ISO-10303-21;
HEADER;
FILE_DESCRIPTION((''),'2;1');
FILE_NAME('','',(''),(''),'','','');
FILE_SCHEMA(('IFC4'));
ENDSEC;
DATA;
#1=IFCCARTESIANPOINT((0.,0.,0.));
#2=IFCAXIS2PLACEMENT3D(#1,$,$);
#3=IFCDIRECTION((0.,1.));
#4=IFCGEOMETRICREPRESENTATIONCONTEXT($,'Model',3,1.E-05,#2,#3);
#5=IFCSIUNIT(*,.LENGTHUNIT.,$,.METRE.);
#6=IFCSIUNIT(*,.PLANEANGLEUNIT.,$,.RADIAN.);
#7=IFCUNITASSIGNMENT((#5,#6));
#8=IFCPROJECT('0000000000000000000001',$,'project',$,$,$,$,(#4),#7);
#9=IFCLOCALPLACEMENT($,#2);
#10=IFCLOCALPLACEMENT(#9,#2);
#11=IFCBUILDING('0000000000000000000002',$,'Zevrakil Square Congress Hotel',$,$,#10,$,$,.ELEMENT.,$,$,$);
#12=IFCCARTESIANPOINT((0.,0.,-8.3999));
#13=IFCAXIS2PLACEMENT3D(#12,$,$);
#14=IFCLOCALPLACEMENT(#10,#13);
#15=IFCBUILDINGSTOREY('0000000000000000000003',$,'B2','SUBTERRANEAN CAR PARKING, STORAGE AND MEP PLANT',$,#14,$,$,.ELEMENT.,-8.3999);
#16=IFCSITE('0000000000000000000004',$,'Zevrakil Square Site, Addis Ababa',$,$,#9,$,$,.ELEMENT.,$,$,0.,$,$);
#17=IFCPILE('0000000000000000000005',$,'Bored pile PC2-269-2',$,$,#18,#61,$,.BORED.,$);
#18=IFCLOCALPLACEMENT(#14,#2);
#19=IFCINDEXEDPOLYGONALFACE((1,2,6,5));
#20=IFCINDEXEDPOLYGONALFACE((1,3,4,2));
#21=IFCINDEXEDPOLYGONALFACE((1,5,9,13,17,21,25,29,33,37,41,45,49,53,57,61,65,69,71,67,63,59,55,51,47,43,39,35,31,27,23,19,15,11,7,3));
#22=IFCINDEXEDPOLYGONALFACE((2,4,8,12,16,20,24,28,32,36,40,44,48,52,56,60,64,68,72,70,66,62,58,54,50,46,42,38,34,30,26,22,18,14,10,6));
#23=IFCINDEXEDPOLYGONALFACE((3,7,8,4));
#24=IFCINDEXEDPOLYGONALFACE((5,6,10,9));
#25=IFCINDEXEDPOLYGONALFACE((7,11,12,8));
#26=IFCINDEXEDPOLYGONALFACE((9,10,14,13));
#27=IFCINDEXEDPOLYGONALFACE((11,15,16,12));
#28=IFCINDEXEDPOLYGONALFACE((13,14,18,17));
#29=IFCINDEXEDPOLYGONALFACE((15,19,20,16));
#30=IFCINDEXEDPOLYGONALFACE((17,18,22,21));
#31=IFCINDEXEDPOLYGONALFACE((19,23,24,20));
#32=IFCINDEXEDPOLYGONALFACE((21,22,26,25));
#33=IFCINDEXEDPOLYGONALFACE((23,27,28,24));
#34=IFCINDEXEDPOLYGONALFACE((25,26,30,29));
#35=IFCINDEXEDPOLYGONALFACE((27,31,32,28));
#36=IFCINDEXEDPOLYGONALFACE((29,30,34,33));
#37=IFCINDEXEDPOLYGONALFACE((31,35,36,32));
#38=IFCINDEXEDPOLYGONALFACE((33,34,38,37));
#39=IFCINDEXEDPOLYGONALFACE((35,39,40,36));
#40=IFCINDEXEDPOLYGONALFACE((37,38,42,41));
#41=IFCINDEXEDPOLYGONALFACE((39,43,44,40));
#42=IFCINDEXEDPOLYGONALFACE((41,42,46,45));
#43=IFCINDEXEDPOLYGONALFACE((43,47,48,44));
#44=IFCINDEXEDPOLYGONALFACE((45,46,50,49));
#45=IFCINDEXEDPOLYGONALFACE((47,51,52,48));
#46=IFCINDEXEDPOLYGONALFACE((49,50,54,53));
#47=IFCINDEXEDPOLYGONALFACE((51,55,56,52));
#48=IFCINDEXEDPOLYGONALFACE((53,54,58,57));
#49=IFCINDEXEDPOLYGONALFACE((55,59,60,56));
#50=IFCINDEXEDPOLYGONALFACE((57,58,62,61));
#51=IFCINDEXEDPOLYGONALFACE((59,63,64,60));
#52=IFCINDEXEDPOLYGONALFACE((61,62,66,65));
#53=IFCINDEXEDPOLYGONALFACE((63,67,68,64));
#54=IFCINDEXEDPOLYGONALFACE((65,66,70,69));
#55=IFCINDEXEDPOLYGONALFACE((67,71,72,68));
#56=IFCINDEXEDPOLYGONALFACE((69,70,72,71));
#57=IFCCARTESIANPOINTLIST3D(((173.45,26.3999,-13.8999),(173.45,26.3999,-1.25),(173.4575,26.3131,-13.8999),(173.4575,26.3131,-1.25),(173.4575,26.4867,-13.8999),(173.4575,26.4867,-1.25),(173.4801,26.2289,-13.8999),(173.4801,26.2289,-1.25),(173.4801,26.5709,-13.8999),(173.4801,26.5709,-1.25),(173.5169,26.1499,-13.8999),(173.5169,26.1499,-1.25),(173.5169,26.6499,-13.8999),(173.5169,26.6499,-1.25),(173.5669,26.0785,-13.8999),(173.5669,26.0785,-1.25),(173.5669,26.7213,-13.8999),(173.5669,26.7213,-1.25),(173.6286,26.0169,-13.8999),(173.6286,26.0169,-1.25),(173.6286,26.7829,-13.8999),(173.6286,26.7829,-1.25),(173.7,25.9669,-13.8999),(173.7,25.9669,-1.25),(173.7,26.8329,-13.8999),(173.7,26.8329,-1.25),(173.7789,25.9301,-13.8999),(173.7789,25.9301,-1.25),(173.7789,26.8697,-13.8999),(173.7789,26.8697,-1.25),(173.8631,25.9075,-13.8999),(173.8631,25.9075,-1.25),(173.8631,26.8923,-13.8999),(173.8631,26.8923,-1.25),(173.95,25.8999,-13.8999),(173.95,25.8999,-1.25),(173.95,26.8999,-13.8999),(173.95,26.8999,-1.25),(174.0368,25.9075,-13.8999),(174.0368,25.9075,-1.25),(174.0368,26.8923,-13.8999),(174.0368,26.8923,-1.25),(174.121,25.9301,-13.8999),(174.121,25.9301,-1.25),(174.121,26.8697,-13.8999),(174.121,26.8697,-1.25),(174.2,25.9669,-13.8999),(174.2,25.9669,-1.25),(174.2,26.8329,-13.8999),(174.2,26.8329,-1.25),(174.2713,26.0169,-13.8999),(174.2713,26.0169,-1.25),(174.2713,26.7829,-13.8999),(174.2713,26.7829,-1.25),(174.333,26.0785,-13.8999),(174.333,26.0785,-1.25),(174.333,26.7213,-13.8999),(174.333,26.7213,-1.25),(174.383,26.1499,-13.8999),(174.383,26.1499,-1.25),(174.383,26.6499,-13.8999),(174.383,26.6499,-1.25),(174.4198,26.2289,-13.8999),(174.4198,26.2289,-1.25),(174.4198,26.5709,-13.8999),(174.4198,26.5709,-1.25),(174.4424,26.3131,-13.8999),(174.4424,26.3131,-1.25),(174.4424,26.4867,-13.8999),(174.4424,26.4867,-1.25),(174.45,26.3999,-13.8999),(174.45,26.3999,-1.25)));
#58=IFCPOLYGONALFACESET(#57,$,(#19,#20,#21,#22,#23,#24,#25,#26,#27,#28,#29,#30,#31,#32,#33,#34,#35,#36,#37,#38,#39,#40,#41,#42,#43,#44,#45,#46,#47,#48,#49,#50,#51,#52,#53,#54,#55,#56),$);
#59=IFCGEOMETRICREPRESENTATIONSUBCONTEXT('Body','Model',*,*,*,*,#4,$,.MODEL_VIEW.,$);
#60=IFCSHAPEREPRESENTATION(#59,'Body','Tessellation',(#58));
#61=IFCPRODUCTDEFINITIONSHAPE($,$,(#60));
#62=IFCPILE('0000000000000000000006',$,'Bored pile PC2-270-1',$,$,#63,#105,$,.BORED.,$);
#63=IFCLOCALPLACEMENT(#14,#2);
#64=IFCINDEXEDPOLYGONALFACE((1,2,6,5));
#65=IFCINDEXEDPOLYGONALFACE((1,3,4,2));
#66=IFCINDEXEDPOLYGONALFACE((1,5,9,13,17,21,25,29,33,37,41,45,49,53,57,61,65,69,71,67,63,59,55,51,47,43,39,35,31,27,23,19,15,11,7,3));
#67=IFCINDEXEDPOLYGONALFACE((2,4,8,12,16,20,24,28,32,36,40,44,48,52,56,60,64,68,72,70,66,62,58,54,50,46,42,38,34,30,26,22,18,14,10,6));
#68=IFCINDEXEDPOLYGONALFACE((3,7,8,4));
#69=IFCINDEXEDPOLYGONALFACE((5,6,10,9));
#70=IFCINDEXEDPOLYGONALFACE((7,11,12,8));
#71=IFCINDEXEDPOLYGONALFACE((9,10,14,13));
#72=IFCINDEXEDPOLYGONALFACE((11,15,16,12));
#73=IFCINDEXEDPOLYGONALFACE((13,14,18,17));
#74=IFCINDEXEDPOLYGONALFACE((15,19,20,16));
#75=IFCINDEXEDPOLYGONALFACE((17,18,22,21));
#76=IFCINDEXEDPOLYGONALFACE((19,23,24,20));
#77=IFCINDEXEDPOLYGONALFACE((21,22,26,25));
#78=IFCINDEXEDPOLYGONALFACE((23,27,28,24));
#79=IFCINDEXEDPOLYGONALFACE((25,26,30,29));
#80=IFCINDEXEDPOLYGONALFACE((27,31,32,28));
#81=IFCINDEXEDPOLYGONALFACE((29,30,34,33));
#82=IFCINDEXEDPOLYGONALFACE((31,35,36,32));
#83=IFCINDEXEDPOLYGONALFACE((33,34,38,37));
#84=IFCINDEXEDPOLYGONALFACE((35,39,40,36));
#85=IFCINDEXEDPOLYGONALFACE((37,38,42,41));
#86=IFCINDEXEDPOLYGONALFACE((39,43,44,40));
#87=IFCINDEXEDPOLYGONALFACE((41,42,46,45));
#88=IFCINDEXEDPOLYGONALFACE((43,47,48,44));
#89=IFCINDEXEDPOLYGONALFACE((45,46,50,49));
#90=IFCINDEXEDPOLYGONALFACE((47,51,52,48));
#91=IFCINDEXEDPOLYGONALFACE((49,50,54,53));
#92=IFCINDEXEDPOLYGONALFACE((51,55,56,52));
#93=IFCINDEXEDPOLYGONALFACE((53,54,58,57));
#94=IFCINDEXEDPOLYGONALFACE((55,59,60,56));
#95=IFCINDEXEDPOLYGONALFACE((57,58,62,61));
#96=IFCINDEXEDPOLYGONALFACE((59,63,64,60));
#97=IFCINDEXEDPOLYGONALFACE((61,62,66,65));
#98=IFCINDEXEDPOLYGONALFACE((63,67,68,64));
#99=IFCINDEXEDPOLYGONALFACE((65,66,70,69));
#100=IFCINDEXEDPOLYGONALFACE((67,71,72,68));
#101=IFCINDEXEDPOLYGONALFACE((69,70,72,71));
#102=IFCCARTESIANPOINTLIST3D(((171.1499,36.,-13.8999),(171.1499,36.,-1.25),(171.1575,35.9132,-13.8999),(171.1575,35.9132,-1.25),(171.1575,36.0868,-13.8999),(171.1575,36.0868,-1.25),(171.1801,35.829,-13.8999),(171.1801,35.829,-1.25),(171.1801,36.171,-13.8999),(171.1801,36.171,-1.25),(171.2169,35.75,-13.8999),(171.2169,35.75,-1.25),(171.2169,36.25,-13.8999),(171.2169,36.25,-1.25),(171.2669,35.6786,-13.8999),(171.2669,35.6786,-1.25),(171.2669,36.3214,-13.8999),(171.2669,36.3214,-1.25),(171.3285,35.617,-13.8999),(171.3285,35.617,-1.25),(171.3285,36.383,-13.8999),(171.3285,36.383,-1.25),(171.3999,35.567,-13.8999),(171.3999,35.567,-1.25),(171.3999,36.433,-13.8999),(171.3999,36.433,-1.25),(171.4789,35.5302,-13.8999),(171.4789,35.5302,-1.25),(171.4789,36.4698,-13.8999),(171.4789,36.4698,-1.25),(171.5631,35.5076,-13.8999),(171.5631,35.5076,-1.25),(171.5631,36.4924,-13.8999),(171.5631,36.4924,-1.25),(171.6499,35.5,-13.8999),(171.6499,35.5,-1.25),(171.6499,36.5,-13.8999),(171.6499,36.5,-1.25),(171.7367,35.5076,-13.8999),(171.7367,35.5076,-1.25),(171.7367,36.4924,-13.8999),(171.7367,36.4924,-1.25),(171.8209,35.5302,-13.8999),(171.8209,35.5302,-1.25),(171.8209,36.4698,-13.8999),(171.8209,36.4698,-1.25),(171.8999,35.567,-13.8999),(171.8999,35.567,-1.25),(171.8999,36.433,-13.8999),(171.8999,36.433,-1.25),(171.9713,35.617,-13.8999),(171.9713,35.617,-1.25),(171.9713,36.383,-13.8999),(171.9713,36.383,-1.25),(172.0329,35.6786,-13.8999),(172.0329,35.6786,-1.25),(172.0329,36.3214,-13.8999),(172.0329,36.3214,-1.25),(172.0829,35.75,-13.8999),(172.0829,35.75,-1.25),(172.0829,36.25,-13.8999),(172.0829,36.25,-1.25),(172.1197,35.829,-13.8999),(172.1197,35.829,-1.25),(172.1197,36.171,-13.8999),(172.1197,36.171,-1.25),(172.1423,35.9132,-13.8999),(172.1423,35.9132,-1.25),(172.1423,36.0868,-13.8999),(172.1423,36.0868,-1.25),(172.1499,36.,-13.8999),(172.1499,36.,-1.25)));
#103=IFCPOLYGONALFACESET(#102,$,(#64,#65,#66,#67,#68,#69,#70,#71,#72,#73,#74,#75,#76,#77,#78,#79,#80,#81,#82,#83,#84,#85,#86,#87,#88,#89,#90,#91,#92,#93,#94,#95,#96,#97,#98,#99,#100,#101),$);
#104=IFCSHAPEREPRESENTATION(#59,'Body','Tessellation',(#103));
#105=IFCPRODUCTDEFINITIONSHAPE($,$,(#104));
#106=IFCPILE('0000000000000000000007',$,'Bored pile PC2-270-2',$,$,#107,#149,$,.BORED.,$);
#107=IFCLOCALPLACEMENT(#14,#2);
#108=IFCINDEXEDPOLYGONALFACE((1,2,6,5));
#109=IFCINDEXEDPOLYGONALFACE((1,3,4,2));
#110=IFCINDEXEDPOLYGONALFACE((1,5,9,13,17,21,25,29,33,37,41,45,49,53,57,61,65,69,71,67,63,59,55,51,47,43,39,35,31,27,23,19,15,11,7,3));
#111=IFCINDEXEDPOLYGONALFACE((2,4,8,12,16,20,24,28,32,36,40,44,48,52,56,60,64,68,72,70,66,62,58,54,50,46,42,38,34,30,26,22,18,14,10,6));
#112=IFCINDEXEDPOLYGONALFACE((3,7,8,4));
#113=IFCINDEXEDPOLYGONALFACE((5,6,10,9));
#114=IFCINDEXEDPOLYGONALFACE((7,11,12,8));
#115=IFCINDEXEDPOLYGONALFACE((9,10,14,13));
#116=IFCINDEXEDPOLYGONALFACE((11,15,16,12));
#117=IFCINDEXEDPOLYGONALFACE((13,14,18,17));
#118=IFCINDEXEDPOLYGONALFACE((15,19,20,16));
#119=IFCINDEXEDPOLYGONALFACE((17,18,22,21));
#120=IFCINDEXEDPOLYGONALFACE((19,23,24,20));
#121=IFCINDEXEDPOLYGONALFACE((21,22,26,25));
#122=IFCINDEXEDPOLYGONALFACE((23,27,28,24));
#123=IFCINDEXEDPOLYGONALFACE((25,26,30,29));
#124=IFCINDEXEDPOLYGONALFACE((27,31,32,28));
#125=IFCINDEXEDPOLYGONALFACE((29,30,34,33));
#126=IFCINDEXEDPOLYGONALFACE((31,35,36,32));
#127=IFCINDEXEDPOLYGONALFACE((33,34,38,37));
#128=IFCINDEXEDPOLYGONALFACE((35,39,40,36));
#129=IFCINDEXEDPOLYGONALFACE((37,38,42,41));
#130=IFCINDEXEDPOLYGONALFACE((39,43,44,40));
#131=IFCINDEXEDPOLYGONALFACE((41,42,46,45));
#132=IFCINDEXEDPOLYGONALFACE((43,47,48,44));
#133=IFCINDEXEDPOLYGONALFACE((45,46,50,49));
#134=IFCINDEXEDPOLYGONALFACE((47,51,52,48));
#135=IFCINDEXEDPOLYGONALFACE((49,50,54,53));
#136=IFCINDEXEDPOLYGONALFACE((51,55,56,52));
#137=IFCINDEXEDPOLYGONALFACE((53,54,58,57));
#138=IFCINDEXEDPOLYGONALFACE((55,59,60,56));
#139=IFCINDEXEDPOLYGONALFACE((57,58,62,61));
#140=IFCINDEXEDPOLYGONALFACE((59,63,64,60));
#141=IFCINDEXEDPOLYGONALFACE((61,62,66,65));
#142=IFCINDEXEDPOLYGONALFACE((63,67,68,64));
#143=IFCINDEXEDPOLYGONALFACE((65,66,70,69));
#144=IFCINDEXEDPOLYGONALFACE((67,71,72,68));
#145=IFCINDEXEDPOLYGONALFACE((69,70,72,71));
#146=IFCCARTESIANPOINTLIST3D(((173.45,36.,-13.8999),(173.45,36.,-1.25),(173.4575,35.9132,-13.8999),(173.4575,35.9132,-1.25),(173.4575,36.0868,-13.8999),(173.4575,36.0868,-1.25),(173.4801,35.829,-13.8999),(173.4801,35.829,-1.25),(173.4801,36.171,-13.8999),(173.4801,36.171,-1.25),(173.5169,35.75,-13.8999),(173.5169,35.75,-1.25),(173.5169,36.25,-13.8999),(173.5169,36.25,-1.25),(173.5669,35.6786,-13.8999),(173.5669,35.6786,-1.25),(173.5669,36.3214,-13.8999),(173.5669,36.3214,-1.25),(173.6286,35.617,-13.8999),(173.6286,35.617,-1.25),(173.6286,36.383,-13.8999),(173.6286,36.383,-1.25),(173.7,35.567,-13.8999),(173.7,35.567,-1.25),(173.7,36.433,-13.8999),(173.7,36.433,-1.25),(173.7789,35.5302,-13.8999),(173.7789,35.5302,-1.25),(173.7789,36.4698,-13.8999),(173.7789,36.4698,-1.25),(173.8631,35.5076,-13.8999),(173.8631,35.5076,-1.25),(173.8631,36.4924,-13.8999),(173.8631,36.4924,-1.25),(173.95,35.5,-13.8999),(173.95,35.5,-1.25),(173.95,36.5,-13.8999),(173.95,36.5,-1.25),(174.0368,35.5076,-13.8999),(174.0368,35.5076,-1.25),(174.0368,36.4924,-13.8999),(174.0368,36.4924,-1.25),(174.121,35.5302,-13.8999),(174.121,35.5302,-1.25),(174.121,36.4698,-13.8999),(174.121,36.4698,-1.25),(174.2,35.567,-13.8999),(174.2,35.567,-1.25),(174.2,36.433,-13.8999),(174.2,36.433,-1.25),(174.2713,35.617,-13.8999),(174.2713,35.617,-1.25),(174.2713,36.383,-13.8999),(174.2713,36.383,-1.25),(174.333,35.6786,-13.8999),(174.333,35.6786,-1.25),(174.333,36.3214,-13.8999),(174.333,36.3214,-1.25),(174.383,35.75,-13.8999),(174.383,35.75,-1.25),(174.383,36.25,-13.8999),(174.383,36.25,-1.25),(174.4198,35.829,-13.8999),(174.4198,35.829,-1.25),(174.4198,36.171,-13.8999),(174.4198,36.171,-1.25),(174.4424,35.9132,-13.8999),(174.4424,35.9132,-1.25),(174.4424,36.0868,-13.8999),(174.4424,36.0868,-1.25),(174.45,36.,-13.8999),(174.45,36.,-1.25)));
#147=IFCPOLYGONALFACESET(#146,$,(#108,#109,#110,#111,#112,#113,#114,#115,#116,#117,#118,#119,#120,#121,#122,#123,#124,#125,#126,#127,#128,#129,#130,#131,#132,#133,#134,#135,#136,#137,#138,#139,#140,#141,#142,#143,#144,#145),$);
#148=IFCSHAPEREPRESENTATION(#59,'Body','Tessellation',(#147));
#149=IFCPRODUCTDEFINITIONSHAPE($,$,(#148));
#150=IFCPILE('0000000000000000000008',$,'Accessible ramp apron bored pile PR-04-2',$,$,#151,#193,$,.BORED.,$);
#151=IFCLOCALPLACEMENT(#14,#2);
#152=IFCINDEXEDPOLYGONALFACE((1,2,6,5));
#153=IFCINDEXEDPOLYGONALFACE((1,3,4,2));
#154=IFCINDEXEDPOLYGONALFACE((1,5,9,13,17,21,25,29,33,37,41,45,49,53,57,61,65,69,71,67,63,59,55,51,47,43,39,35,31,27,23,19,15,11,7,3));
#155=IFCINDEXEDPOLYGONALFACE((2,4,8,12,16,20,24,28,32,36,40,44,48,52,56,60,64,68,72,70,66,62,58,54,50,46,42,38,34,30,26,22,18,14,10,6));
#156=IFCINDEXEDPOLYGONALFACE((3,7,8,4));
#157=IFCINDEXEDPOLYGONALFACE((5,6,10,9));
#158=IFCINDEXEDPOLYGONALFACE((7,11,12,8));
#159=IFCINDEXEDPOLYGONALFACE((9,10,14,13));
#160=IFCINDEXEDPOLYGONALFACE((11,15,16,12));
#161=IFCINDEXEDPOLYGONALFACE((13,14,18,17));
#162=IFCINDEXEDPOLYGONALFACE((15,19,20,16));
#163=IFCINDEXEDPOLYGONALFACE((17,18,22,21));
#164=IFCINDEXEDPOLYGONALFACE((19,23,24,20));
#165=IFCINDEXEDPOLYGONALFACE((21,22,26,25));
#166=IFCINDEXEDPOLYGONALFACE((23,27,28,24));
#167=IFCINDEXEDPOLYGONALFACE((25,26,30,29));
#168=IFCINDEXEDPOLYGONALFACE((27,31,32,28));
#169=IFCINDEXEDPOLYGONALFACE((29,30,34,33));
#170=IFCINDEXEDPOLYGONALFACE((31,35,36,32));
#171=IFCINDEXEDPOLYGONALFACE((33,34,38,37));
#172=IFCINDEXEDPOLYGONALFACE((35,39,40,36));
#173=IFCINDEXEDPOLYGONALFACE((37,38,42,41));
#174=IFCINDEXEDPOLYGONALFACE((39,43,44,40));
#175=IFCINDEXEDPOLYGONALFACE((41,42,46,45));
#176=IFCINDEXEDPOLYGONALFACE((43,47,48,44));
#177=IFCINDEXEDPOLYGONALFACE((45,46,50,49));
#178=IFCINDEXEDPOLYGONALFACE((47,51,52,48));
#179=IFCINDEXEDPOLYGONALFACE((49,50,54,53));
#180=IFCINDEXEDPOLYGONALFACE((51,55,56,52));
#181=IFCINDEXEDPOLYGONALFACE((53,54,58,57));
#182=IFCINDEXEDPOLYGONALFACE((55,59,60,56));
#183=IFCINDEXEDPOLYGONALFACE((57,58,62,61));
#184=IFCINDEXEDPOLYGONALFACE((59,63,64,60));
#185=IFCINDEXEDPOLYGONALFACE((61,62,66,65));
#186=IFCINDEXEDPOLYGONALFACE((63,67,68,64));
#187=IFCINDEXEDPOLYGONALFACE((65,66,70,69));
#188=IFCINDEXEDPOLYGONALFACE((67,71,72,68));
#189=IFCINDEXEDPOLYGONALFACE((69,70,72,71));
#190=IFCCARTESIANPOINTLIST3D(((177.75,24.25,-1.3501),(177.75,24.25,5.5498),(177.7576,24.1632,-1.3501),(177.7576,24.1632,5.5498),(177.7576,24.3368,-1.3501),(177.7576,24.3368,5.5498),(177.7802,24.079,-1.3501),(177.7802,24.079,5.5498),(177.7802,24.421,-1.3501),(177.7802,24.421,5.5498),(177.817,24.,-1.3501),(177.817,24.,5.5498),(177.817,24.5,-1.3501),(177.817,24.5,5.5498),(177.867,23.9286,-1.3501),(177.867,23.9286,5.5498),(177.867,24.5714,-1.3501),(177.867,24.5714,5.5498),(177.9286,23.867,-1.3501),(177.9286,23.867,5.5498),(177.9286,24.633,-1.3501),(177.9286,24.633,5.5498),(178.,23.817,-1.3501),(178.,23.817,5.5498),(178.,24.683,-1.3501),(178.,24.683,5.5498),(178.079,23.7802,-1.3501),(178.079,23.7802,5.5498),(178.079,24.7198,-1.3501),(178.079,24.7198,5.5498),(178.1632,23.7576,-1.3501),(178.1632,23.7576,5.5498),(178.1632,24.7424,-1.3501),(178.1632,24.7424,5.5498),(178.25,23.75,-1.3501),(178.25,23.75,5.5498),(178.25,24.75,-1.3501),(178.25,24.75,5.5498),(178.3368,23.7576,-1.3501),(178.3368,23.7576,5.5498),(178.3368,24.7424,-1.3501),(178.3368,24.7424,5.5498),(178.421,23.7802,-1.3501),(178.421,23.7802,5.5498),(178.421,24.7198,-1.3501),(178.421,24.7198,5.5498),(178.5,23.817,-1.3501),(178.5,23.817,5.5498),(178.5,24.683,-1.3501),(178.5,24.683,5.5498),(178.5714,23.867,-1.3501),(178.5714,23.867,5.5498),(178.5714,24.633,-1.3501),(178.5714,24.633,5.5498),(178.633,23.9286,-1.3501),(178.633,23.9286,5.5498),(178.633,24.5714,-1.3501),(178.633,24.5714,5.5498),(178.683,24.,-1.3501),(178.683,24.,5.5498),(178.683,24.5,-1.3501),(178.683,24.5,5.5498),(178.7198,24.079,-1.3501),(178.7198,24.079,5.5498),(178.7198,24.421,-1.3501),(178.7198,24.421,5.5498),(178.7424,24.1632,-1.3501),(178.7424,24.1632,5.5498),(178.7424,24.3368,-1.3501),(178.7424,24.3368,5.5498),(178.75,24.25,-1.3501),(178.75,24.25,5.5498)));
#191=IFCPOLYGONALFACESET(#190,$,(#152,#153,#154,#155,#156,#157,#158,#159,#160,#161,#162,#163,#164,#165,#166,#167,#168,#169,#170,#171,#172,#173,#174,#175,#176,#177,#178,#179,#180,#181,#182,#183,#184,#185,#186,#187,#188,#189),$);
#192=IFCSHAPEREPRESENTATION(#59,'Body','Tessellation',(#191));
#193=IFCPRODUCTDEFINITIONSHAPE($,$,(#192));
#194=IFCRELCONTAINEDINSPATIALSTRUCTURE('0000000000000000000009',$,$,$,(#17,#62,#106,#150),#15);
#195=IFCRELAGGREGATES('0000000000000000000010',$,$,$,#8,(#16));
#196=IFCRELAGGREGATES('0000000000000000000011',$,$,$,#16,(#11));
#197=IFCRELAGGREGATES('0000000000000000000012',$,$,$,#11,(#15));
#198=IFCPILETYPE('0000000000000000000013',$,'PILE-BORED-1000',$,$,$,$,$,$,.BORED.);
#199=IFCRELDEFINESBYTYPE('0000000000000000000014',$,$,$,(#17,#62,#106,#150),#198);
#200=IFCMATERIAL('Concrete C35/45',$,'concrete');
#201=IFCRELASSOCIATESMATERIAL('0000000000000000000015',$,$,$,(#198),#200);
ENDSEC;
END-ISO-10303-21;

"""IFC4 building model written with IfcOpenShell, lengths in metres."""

from ifc_helpers import new_model, si_unit, direction, frame, origin, origin_2d, place, context, subcontext, project, spatial, circle, extrude, material, material_profile, profile_set, type_object, element, save


model = new_model("IFC4")

# Units and contexts
model_context = context("Model", 3, precision=1e-05, world=origin(), true_north=direction((0.0, 1.0)))
body_context = subcontext(model_context, "Body", "Model", "MODEL_VIEW")
ifc_project = project(units=[si_unit("LENGTHUNIT", "METRE"), si_unit("PLANEANGLEUNIT", "RADIAN")], contexts=[model_context])

# Site, building, storey
site_placement = place(None, origin())
site = spatial("IfcSite", under=ifc_project, at=site_placement, Name="Zevrakil Square Site, Addis Ababa", CompositionType="ELEMENT", RefElevation=0.0)
building_placement = place(site_placement, origin())
building = spatial("IfcBuilding", under=site, at=building_placement, Name="Zevrakil Square Congress Hotel", CompositionType="ELEMENT")
storey_placement = place(building_placement, frame((0.0, 0.0, -8.3999)))
storey = spatial("IfcBuildingStorey", under=building, at=storey_placement, Name="B2", Description="SUBTERRANEAN CAR PARKING, STORAGE AND MEP PLANT", CompositionType="ELEMENT", Elevation=-8.3999)

# Piles
ifc_material_1 = material(Name="Concrete C35/45", Category="concrete")
ifc_material_profile_1 = material_profile(ifc_material_1, circle(Radius=0.5, at=origin_2d()), Name="PILE D1000")
ifc_profile_set_1 = profile_set([ifc_material_profile_1], Name="Concrete C35/45")
pile_type_1 = type_object("IfcPileType", Name="PILE-BORED-1000", PredefinedType="BORED", material=ifc_profile_set_1)
for number, where, z_axis, x_axis, name in (
    (1, (173.95, 26.3999, -1.25), (0.0, 0.0, -1.0), (1.0, 0.0, 0.0), "Bored pile PC2-269-2"),
    (2, (171.6499, 36.0, -1.25), (0.0, 0.0, -1.0), (1.0, 0.0, 0.0), "Bored pile PC2-270-1"),
    (3, (173.95, 36.0, -1.25), (0.0, 0.0, -1.0), (1.0, 0.0, 0.0), "Bored pile PC2-270-2"),
):
    element("IfcPile", number, at=place(storey_placement, frame(where, z_axis=z_axis, x_axis=x_axis)), inside=storey, type_object=pile_type_1, Name=name, PredefinedType="BORED", context=body_context, shape_type="SweptSolid", body=[
        extrude(circle(Radius=0.5, at=origin_2d()), origin(), (0.0, 0.0, 1.0), 12.6499),
    ])
pile_1_placement = place(storey_placement, frame((178.25, 24.25, 5.5498), z_axis=(0.0, 0.0, -1.0), x_axis=(1.0, 0.0, 0.0)))
element("IfcPile", 4, at=pile_1_placement, inside=storey, type_object=pile_type_1, Name="Accessible ramp apron bored pile PR-04-2", PredefinedType="BORED", context=body_context, shape_type="SweptSolid", body=[
    extrude(circle(Radius=0.5, at=origin_2d()), origin(), (0.0, 0.0, 1.0), 6.8999),
])

save(model, "model.ifc")
